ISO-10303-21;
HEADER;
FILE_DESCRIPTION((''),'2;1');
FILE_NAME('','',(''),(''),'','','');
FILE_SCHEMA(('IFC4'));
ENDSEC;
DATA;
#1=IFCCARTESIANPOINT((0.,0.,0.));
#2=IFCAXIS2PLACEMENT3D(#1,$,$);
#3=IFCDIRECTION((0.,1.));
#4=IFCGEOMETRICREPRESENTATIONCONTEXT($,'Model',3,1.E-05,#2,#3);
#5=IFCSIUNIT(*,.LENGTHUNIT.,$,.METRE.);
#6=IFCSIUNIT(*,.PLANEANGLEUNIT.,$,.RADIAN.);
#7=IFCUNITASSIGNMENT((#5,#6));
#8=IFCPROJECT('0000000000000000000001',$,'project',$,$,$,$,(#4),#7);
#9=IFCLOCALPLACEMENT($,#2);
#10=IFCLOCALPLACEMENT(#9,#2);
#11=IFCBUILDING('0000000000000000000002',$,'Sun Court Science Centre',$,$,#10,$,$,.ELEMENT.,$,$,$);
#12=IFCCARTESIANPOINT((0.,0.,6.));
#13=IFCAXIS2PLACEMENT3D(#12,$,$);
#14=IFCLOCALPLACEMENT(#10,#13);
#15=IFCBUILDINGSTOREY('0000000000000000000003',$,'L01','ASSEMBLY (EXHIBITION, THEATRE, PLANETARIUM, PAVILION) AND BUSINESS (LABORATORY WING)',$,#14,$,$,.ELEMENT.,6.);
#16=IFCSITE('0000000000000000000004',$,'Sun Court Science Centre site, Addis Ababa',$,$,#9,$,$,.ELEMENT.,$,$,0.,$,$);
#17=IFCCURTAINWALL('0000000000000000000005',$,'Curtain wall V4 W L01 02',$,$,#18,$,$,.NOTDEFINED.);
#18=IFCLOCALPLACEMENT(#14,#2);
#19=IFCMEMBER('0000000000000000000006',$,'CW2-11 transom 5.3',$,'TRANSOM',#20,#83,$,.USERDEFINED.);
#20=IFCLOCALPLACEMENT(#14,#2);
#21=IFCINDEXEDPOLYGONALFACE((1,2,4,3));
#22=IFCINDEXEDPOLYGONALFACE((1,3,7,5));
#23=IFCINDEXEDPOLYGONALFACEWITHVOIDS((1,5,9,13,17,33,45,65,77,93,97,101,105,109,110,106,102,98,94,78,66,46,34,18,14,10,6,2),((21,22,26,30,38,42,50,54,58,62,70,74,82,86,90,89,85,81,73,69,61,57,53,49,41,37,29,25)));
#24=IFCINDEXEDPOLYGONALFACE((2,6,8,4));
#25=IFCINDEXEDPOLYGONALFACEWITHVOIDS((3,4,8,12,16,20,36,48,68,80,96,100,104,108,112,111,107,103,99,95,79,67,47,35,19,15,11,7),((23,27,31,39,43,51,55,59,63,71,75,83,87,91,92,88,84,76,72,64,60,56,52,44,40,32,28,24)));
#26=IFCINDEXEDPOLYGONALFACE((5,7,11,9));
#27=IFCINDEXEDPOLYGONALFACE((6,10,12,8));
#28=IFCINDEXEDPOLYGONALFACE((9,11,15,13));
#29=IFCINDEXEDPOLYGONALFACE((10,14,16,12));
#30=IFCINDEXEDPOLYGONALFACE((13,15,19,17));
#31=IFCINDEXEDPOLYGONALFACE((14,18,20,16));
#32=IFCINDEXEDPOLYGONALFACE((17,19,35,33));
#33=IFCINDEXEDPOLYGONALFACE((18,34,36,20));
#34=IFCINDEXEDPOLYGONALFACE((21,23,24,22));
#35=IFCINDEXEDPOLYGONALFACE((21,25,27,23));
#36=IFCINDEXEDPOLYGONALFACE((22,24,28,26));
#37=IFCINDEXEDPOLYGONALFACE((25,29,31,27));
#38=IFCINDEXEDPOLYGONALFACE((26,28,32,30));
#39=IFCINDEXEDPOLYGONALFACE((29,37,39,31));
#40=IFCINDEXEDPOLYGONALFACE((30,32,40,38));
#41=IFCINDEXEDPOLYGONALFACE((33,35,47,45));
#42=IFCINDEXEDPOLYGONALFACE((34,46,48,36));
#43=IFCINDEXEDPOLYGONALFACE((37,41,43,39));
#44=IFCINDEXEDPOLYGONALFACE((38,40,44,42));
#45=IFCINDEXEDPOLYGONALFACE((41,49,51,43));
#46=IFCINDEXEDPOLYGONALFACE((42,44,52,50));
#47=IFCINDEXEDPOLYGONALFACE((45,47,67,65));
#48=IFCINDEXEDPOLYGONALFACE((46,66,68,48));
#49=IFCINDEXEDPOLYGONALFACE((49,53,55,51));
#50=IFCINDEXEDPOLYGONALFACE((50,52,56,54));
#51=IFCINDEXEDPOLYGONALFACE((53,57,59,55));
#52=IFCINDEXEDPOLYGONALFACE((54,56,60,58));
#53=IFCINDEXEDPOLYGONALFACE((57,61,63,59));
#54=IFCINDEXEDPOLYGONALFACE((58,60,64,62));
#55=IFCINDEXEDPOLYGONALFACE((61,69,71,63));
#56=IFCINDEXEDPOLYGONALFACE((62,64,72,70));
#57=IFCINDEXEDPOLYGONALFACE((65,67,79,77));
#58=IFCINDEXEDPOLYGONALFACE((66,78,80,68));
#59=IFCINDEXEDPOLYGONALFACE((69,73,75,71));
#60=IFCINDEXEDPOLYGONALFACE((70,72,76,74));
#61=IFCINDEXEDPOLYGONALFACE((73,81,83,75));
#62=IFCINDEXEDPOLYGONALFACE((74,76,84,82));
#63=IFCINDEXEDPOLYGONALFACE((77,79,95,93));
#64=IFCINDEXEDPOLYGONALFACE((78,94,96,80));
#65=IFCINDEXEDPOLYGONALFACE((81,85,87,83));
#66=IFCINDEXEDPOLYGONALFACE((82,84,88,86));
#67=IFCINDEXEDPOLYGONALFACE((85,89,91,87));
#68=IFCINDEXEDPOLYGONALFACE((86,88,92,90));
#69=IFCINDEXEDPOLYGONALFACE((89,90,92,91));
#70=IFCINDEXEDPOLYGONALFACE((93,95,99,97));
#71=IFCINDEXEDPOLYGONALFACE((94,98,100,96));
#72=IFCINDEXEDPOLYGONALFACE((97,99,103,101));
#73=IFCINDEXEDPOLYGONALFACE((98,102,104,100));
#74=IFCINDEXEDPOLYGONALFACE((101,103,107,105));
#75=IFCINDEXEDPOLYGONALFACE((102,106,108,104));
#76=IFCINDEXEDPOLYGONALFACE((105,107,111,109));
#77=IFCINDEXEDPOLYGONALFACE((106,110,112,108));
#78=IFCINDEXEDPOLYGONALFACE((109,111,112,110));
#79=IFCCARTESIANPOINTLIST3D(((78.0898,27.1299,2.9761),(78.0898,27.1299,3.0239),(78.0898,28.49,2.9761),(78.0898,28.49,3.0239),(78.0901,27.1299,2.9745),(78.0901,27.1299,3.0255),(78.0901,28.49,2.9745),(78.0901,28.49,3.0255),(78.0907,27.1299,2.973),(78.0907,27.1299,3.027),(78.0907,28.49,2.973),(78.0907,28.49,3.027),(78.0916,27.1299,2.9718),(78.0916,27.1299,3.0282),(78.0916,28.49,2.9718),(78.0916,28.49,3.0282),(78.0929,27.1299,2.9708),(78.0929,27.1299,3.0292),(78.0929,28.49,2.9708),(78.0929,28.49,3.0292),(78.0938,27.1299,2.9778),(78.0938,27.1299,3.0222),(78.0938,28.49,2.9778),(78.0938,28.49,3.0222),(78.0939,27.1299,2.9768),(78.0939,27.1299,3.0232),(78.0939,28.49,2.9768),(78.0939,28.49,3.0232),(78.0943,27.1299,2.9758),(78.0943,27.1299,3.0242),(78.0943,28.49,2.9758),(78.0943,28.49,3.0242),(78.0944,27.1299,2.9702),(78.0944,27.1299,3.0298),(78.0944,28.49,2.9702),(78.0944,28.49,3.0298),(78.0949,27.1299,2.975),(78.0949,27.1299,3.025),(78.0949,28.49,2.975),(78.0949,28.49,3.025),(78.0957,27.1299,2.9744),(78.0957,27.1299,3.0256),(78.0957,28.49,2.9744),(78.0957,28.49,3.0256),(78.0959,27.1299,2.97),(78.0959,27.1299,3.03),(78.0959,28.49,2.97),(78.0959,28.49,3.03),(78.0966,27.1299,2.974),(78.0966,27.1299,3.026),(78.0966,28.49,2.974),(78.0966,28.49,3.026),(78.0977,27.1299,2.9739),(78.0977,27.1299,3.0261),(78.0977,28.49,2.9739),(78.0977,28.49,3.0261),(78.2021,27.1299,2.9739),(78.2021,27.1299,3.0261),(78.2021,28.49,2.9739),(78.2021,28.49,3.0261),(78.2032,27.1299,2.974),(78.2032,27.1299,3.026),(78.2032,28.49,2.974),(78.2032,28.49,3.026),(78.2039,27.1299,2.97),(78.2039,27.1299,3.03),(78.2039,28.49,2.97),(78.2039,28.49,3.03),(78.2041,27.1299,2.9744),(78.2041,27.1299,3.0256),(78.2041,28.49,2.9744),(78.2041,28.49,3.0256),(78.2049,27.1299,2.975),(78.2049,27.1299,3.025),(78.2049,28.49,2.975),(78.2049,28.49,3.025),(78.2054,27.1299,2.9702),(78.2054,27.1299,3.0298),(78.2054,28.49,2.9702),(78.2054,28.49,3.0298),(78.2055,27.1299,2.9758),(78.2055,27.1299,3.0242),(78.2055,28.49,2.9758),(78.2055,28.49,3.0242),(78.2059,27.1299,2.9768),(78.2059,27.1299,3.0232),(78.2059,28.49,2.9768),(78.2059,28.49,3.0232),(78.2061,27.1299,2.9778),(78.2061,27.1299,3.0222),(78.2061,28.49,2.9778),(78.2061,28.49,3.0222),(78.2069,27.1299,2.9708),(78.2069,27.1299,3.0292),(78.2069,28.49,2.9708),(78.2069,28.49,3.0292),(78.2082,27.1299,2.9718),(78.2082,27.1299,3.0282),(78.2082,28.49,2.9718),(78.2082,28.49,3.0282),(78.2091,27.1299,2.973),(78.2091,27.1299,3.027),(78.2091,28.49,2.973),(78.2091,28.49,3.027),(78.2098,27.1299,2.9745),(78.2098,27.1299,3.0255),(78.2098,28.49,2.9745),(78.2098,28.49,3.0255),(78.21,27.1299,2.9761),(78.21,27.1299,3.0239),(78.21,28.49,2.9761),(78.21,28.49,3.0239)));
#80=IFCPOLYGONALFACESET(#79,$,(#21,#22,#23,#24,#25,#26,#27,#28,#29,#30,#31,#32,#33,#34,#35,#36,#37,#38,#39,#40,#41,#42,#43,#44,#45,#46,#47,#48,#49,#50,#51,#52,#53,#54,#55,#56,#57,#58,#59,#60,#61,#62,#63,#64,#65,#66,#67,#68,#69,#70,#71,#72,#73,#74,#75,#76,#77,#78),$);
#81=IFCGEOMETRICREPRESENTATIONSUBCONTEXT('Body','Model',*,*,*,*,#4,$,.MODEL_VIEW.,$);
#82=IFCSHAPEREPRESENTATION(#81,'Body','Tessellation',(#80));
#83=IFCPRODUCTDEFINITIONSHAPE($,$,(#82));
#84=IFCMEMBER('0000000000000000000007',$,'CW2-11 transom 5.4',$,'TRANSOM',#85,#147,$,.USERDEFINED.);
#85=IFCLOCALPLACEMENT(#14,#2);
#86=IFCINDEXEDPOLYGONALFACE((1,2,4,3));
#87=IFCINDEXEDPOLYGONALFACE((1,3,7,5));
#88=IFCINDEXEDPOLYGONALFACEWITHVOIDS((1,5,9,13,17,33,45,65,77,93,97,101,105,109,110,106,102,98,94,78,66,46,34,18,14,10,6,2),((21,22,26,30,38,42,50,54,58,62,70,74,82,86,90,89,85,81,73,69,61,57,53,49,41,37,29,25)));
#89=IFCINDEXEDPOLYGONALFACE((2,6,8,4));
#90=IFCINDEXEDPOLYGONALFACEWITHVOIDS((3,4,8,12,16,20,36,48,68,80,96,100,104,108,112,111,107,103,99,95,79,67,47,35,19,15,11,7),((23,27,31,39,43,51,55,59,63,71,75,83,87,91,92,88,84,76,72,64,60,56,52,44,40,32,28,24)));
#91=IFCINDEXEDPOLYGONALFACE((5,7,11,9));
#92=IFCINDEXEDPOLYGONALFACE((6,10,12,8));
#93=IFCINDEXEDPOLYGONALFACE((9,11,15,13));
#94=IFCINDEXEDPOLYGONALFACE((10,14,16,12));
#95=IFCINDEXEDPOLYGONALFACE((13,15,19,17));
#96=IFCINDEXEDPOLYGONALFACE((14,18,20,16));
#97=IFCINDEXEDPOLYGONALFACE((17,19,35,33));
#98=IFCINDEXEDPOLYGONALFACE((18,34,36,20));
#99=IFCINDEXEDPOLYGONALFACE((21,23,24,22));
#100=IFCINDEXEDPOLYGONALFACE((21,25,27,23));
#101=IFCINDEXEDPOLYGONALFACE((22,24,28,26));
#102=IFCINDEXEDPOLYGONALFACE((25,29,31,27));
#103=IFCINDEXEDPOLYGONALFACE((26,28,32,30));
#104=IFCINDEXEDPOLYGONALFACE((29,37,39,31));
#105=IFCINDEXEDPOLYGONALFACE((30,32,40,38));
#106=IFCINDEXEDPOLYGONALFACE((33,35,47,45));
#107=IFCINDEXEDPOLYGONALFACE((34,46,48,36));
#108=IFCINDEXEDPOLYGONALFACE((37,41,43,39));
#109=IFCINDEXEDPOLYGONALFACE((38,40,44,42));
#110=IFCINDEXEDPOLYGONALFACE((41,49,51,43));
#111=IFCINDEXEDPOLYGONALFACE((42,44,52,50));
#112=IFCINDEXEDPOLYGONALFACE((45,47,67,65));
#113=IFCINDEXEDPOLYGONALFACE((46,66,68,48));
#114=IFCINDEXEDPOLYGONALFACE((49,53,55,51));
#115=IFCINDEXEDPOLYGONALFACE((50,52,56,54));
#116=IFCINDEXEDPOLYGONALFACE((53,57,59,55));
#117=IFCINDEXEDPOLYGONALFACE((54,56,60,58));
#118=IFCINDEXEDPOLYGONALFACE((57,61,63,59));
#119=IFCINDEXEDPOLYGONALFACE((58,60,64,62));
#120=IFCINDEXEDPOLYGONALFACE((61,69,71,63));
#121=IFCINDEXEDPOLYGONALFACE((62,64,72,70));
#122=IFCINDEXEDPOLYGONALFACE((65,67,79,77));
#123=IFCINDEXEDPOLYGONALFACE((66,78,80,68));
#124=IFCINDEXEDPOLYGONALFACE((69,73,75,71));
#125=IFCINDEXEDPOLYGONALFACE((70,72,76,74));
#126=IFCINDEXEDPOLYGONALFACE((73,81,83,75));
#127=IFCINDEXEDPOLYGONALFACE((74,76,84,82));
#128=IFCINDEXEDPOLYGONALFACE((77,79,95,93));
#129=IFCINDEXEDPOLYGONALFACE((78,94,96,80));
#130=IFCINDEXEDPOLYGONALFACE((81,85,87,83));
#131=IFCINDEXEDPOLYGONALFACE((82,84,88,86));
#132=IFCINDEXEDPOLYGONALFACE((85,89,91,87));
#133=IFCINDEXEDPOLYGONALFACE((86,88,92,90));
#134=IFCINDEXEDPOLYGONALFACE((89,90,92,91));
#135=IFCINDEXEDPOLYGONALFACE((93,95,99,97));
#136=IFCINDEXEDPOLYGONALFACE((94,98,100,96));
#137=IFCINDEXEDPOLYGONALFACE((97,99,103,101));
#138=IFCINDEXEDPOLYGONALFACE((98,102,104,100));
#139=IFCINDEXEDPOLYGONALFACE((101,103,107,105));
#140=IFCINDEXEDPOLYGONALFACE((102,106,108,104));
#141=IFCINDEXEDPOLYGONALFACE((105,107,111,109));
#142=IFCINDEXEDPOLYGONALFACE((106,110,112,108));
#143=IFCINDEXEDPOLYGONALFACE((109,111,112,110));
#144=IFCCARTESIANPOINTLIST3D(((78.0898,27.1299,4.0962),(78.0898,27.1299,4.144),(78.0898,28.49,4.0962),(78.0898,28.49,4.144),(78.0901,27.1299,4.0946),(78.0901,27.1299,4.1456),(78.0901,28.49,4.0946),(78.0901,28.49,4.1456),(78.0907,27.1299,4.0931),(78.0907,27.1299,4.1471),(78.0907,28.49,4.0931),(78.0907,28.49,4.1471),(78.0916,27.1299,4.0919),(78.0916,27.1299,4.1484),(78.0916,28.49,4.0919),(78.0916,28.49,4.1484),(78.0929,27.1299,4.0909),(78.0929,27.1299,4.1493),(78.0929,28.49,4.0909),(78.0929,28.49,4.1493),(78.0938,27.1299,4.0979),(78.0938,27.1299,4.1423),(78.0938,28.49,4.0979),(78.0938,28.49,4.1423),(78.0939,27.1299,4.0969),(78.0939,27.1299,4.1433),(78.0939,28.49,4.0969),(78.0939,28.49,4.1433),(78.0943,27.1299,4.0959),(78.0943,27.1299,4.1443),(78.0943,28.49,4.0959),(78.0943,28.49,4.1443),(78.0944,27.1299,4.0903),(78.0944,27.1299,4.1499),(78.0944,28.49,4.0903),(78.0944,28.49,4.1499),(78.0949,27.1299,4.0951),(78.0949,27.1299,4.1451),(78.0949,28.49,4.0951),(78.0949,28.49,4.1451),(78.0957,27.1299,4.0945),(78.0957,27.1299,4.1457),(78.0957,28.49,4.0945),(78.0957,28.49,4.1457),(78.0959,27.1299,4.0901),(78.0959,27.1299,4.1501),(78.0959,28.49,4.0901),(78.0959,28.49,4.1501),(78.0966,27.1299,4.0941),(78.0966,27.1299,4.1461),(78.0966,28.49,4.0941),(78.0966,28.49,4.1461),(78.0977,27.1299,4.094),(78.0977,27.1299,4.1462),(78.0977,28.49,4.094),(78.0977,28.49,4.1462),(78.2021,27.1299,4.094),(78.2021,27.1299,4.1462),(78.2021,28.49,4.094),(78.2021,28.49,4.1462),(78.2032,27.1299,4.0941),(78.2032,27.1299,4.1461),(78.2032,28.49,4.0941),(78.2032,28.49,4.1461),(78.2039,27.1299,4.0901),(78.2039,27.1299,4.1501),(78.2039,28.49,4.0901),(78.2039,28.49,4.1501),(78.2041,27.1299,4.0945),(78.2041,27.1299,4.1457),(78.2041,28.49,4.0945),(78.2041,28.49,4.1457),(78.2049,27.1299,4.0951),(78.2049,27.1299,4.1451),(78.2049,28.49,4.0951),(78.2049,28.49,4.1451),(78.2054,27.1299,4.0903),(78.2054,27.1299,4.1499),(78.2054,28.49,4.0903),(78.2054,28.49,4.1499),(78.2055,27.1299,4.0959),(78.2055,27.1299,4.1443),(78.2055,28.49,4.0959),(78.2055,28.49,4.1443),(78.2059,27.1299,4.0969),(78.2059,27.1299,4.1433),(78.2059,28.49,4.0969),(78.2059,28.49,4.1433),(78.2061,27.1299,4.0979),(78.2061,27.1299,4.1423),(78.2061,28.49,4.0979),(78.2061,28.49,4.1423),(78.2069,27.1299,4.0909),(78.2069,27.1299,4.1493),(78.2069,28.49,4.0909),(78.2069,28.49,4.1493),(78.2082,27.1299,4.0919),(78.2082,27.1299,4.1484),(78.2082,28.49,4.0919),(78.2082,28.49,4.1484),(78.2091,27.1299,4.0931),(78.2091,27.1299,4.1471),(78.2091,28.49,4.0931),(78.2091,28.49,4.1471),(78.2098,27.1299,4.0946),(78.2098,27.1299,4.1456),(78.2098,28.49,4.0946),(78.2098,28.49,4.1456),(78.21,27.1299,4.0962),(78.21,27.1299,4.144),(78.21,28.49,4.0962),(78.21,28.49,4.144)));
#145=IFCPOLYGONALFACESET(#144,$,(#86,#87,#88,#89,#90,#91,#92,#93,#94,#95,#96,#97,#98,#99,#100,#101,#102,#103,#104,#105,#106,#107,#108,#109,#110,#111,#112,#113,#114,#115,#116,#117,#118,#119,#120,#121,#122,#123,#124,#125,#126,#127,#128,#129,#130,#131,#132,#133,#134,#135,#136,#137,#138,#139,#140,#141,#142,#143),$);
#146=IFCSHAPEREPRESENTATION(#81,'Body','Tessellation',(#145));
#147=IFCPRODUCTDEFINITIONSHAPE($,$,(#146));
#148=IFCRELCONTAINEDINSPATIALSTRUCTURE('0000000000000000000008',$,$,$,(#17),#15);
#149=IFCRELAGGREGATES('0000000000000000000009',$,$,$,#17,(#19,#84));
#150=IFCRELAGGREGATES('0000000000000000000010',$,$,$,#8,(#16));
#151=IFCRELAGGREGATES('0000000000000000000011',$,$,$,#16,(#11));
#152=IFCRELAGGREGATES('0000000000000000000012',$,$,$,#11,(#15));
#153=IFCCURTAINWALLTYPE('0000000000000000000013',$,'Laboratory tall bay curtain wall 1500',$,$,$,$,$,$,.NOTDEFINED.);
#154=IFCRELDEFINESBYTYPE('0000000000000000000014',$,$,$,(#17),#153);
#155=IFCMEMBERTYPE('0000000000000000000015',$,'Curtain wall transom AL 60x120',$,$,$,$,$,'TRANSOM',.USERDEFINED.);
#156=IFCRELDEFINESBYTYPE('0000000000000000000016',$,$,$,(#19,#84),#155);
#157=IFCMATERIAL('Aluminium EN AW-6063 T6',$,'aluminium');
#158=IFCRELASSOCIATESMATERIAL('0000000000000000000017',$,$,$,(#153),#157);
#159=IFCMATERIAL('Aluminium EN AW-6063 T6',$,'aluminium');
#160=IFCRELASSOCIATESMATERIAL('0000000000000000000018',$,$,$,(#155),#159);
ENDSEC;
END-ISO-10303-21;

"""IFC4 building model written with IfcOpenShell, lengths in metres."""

from ifc_helpers import new_model, si_unit, direction, frame, origin, origin_2d, place, context, subcontext, project, spatial, hollow_rectangle, extrude, material, material_profile, profile_set, type_object, element, aggregate, save


model = new_model("IFC4")

# Units and contexts
model_context = context("Model", 3, precision=1e-05, world=origin(), true_north=direction((0.0, 1.0)))
body_context = subcontext(model_context, "Body", "Model", "MODEL_VIEW")
ifc_project = project(units=[si_unit("LENGTHUNIT", "METRE"), si_unit("PLANEANGLEUNIT", "RADIAN")], contexts=[model_context])

# Site, building, storey
site_placement = place(None, origin())
site = spatial("IfcSite", under=ifc_project, at=site_placement, Name="Sun Court Science Centre site, Addis Ababa", CompositionType="ELEMENT", RefElevation=0.0)
building_placement = place(site_placement, origin())
building = spatial("IfcBuilding", under=site, at=building_placement, Name="Sun Court Science Centre", CompositionType="ELEMENT")
storey_placement = place(building_placement, frame((0.0, 0.0, 6.0)))
storey = spatial("IfcBuildingStorey", under=building, at=storey_placement, Name="L01", Description="ASSEMBLY (EXHIBITION, THEATRE, PLANETARIUM, PAVILION) AND BUSINESS (LABORATORY WING)", CompositionType="ELEMENT", Elevation=6.0)

# Curtain wall
ifc_material_1 = material(Name="Aluminium EN AW-6063 T6", Category="aluminium")
curtain_wall_type = type_object("IfcCurtainWallType", Name="Laboratory tall bay curtain wall 1500", PredefinedType="NOTDEFINED", material=ifc_material_1)
curtain_wall_1_placement = place(storey_placement, origin())
curtain_wall_1 = element("IfcCurtainWall", 1, at=curtain_wall_1_placement, inside=storey, type_object=curtain_wall_type, Name="Curtain wall V4 W L01 02", PredefinedType="NOTDEFINED")

# Members
ifc_material_2 = material(Name="Aluminium EN AW-6063 T6", Category="aluminium")
ifc_material_profile_1 = material_profile(ifc_material_2, hollow_rectangle(XDim=0.0601, YDim=0.1201, WallThickness=0.0039, InnerFilletRadius=0.0039, OuterFilletRadius=0.0061, at=origin_2d()), Name="AL 60x120x4")
ifc_profile_set_1 = profile_set([ifc_material_profile_1], Name="Aluminium EN AW-6063 T6")
member_type_1 = type_object("IfcMemberType", Name="Curtain wall transom AL 60x120", ElementType="TRANSOM", PredefinedType="USERDEFINED", material=ifc_profile_set_1)
member_1_placement = place(storey_placement, frame((78.1499, 27.1299, 3.0), z_axis=(0.0, 1.0, 0.0), x_axis=(0.0, 0.0, 1.0)))
member_1 = element("IfcMember", 2, at=member_1_placement, type_object=member_type_1, Name="CW2-11 transom 5.3", ObjectType="TRANSOM", PredefinedType="USERDEFINED", context=body_context, shape_type="SweptSolid", body=[
    extrude(hollow_rectangle(XDim=0.0601, YDim=0.1201, WallThickness=0.0039, InnerFilletRadius=0.0039, OuterFilletRadius=0.0061, at=origin_2d()), origin(), (0.0, 0.0, 1.0), 1.3601),
])
member_2_placement = place(storey_placement, frame((78.1499, 27.1299, 4.1201), z_axis=(0.0, 1.0, 0.0), x_axis=(0.0, 0.0, 1.0)))
member_2 = element("IfcMember", 3, at=member_2_placement, type_object=member_type_1, Name="CW2-11 transom 5.4", ObjectType="TRANSOM", PredefinedType="USERDEFINED", context=body_context, shape_type="SweptSolid", body=[
    extrude(hollow_rectangle(XDim=0.0601, YDim=0.1201, WallThickness=0.0039, InnerFilletRadius=0.0039, OuterFilletRadius=0.0061, at=origin_2d()), origin(), (0.0, 0.0, 1.0), 1.3601),
])

aggregate(curtain_wall_1, [member_1, member_2])

save(model, "model.ifc")
